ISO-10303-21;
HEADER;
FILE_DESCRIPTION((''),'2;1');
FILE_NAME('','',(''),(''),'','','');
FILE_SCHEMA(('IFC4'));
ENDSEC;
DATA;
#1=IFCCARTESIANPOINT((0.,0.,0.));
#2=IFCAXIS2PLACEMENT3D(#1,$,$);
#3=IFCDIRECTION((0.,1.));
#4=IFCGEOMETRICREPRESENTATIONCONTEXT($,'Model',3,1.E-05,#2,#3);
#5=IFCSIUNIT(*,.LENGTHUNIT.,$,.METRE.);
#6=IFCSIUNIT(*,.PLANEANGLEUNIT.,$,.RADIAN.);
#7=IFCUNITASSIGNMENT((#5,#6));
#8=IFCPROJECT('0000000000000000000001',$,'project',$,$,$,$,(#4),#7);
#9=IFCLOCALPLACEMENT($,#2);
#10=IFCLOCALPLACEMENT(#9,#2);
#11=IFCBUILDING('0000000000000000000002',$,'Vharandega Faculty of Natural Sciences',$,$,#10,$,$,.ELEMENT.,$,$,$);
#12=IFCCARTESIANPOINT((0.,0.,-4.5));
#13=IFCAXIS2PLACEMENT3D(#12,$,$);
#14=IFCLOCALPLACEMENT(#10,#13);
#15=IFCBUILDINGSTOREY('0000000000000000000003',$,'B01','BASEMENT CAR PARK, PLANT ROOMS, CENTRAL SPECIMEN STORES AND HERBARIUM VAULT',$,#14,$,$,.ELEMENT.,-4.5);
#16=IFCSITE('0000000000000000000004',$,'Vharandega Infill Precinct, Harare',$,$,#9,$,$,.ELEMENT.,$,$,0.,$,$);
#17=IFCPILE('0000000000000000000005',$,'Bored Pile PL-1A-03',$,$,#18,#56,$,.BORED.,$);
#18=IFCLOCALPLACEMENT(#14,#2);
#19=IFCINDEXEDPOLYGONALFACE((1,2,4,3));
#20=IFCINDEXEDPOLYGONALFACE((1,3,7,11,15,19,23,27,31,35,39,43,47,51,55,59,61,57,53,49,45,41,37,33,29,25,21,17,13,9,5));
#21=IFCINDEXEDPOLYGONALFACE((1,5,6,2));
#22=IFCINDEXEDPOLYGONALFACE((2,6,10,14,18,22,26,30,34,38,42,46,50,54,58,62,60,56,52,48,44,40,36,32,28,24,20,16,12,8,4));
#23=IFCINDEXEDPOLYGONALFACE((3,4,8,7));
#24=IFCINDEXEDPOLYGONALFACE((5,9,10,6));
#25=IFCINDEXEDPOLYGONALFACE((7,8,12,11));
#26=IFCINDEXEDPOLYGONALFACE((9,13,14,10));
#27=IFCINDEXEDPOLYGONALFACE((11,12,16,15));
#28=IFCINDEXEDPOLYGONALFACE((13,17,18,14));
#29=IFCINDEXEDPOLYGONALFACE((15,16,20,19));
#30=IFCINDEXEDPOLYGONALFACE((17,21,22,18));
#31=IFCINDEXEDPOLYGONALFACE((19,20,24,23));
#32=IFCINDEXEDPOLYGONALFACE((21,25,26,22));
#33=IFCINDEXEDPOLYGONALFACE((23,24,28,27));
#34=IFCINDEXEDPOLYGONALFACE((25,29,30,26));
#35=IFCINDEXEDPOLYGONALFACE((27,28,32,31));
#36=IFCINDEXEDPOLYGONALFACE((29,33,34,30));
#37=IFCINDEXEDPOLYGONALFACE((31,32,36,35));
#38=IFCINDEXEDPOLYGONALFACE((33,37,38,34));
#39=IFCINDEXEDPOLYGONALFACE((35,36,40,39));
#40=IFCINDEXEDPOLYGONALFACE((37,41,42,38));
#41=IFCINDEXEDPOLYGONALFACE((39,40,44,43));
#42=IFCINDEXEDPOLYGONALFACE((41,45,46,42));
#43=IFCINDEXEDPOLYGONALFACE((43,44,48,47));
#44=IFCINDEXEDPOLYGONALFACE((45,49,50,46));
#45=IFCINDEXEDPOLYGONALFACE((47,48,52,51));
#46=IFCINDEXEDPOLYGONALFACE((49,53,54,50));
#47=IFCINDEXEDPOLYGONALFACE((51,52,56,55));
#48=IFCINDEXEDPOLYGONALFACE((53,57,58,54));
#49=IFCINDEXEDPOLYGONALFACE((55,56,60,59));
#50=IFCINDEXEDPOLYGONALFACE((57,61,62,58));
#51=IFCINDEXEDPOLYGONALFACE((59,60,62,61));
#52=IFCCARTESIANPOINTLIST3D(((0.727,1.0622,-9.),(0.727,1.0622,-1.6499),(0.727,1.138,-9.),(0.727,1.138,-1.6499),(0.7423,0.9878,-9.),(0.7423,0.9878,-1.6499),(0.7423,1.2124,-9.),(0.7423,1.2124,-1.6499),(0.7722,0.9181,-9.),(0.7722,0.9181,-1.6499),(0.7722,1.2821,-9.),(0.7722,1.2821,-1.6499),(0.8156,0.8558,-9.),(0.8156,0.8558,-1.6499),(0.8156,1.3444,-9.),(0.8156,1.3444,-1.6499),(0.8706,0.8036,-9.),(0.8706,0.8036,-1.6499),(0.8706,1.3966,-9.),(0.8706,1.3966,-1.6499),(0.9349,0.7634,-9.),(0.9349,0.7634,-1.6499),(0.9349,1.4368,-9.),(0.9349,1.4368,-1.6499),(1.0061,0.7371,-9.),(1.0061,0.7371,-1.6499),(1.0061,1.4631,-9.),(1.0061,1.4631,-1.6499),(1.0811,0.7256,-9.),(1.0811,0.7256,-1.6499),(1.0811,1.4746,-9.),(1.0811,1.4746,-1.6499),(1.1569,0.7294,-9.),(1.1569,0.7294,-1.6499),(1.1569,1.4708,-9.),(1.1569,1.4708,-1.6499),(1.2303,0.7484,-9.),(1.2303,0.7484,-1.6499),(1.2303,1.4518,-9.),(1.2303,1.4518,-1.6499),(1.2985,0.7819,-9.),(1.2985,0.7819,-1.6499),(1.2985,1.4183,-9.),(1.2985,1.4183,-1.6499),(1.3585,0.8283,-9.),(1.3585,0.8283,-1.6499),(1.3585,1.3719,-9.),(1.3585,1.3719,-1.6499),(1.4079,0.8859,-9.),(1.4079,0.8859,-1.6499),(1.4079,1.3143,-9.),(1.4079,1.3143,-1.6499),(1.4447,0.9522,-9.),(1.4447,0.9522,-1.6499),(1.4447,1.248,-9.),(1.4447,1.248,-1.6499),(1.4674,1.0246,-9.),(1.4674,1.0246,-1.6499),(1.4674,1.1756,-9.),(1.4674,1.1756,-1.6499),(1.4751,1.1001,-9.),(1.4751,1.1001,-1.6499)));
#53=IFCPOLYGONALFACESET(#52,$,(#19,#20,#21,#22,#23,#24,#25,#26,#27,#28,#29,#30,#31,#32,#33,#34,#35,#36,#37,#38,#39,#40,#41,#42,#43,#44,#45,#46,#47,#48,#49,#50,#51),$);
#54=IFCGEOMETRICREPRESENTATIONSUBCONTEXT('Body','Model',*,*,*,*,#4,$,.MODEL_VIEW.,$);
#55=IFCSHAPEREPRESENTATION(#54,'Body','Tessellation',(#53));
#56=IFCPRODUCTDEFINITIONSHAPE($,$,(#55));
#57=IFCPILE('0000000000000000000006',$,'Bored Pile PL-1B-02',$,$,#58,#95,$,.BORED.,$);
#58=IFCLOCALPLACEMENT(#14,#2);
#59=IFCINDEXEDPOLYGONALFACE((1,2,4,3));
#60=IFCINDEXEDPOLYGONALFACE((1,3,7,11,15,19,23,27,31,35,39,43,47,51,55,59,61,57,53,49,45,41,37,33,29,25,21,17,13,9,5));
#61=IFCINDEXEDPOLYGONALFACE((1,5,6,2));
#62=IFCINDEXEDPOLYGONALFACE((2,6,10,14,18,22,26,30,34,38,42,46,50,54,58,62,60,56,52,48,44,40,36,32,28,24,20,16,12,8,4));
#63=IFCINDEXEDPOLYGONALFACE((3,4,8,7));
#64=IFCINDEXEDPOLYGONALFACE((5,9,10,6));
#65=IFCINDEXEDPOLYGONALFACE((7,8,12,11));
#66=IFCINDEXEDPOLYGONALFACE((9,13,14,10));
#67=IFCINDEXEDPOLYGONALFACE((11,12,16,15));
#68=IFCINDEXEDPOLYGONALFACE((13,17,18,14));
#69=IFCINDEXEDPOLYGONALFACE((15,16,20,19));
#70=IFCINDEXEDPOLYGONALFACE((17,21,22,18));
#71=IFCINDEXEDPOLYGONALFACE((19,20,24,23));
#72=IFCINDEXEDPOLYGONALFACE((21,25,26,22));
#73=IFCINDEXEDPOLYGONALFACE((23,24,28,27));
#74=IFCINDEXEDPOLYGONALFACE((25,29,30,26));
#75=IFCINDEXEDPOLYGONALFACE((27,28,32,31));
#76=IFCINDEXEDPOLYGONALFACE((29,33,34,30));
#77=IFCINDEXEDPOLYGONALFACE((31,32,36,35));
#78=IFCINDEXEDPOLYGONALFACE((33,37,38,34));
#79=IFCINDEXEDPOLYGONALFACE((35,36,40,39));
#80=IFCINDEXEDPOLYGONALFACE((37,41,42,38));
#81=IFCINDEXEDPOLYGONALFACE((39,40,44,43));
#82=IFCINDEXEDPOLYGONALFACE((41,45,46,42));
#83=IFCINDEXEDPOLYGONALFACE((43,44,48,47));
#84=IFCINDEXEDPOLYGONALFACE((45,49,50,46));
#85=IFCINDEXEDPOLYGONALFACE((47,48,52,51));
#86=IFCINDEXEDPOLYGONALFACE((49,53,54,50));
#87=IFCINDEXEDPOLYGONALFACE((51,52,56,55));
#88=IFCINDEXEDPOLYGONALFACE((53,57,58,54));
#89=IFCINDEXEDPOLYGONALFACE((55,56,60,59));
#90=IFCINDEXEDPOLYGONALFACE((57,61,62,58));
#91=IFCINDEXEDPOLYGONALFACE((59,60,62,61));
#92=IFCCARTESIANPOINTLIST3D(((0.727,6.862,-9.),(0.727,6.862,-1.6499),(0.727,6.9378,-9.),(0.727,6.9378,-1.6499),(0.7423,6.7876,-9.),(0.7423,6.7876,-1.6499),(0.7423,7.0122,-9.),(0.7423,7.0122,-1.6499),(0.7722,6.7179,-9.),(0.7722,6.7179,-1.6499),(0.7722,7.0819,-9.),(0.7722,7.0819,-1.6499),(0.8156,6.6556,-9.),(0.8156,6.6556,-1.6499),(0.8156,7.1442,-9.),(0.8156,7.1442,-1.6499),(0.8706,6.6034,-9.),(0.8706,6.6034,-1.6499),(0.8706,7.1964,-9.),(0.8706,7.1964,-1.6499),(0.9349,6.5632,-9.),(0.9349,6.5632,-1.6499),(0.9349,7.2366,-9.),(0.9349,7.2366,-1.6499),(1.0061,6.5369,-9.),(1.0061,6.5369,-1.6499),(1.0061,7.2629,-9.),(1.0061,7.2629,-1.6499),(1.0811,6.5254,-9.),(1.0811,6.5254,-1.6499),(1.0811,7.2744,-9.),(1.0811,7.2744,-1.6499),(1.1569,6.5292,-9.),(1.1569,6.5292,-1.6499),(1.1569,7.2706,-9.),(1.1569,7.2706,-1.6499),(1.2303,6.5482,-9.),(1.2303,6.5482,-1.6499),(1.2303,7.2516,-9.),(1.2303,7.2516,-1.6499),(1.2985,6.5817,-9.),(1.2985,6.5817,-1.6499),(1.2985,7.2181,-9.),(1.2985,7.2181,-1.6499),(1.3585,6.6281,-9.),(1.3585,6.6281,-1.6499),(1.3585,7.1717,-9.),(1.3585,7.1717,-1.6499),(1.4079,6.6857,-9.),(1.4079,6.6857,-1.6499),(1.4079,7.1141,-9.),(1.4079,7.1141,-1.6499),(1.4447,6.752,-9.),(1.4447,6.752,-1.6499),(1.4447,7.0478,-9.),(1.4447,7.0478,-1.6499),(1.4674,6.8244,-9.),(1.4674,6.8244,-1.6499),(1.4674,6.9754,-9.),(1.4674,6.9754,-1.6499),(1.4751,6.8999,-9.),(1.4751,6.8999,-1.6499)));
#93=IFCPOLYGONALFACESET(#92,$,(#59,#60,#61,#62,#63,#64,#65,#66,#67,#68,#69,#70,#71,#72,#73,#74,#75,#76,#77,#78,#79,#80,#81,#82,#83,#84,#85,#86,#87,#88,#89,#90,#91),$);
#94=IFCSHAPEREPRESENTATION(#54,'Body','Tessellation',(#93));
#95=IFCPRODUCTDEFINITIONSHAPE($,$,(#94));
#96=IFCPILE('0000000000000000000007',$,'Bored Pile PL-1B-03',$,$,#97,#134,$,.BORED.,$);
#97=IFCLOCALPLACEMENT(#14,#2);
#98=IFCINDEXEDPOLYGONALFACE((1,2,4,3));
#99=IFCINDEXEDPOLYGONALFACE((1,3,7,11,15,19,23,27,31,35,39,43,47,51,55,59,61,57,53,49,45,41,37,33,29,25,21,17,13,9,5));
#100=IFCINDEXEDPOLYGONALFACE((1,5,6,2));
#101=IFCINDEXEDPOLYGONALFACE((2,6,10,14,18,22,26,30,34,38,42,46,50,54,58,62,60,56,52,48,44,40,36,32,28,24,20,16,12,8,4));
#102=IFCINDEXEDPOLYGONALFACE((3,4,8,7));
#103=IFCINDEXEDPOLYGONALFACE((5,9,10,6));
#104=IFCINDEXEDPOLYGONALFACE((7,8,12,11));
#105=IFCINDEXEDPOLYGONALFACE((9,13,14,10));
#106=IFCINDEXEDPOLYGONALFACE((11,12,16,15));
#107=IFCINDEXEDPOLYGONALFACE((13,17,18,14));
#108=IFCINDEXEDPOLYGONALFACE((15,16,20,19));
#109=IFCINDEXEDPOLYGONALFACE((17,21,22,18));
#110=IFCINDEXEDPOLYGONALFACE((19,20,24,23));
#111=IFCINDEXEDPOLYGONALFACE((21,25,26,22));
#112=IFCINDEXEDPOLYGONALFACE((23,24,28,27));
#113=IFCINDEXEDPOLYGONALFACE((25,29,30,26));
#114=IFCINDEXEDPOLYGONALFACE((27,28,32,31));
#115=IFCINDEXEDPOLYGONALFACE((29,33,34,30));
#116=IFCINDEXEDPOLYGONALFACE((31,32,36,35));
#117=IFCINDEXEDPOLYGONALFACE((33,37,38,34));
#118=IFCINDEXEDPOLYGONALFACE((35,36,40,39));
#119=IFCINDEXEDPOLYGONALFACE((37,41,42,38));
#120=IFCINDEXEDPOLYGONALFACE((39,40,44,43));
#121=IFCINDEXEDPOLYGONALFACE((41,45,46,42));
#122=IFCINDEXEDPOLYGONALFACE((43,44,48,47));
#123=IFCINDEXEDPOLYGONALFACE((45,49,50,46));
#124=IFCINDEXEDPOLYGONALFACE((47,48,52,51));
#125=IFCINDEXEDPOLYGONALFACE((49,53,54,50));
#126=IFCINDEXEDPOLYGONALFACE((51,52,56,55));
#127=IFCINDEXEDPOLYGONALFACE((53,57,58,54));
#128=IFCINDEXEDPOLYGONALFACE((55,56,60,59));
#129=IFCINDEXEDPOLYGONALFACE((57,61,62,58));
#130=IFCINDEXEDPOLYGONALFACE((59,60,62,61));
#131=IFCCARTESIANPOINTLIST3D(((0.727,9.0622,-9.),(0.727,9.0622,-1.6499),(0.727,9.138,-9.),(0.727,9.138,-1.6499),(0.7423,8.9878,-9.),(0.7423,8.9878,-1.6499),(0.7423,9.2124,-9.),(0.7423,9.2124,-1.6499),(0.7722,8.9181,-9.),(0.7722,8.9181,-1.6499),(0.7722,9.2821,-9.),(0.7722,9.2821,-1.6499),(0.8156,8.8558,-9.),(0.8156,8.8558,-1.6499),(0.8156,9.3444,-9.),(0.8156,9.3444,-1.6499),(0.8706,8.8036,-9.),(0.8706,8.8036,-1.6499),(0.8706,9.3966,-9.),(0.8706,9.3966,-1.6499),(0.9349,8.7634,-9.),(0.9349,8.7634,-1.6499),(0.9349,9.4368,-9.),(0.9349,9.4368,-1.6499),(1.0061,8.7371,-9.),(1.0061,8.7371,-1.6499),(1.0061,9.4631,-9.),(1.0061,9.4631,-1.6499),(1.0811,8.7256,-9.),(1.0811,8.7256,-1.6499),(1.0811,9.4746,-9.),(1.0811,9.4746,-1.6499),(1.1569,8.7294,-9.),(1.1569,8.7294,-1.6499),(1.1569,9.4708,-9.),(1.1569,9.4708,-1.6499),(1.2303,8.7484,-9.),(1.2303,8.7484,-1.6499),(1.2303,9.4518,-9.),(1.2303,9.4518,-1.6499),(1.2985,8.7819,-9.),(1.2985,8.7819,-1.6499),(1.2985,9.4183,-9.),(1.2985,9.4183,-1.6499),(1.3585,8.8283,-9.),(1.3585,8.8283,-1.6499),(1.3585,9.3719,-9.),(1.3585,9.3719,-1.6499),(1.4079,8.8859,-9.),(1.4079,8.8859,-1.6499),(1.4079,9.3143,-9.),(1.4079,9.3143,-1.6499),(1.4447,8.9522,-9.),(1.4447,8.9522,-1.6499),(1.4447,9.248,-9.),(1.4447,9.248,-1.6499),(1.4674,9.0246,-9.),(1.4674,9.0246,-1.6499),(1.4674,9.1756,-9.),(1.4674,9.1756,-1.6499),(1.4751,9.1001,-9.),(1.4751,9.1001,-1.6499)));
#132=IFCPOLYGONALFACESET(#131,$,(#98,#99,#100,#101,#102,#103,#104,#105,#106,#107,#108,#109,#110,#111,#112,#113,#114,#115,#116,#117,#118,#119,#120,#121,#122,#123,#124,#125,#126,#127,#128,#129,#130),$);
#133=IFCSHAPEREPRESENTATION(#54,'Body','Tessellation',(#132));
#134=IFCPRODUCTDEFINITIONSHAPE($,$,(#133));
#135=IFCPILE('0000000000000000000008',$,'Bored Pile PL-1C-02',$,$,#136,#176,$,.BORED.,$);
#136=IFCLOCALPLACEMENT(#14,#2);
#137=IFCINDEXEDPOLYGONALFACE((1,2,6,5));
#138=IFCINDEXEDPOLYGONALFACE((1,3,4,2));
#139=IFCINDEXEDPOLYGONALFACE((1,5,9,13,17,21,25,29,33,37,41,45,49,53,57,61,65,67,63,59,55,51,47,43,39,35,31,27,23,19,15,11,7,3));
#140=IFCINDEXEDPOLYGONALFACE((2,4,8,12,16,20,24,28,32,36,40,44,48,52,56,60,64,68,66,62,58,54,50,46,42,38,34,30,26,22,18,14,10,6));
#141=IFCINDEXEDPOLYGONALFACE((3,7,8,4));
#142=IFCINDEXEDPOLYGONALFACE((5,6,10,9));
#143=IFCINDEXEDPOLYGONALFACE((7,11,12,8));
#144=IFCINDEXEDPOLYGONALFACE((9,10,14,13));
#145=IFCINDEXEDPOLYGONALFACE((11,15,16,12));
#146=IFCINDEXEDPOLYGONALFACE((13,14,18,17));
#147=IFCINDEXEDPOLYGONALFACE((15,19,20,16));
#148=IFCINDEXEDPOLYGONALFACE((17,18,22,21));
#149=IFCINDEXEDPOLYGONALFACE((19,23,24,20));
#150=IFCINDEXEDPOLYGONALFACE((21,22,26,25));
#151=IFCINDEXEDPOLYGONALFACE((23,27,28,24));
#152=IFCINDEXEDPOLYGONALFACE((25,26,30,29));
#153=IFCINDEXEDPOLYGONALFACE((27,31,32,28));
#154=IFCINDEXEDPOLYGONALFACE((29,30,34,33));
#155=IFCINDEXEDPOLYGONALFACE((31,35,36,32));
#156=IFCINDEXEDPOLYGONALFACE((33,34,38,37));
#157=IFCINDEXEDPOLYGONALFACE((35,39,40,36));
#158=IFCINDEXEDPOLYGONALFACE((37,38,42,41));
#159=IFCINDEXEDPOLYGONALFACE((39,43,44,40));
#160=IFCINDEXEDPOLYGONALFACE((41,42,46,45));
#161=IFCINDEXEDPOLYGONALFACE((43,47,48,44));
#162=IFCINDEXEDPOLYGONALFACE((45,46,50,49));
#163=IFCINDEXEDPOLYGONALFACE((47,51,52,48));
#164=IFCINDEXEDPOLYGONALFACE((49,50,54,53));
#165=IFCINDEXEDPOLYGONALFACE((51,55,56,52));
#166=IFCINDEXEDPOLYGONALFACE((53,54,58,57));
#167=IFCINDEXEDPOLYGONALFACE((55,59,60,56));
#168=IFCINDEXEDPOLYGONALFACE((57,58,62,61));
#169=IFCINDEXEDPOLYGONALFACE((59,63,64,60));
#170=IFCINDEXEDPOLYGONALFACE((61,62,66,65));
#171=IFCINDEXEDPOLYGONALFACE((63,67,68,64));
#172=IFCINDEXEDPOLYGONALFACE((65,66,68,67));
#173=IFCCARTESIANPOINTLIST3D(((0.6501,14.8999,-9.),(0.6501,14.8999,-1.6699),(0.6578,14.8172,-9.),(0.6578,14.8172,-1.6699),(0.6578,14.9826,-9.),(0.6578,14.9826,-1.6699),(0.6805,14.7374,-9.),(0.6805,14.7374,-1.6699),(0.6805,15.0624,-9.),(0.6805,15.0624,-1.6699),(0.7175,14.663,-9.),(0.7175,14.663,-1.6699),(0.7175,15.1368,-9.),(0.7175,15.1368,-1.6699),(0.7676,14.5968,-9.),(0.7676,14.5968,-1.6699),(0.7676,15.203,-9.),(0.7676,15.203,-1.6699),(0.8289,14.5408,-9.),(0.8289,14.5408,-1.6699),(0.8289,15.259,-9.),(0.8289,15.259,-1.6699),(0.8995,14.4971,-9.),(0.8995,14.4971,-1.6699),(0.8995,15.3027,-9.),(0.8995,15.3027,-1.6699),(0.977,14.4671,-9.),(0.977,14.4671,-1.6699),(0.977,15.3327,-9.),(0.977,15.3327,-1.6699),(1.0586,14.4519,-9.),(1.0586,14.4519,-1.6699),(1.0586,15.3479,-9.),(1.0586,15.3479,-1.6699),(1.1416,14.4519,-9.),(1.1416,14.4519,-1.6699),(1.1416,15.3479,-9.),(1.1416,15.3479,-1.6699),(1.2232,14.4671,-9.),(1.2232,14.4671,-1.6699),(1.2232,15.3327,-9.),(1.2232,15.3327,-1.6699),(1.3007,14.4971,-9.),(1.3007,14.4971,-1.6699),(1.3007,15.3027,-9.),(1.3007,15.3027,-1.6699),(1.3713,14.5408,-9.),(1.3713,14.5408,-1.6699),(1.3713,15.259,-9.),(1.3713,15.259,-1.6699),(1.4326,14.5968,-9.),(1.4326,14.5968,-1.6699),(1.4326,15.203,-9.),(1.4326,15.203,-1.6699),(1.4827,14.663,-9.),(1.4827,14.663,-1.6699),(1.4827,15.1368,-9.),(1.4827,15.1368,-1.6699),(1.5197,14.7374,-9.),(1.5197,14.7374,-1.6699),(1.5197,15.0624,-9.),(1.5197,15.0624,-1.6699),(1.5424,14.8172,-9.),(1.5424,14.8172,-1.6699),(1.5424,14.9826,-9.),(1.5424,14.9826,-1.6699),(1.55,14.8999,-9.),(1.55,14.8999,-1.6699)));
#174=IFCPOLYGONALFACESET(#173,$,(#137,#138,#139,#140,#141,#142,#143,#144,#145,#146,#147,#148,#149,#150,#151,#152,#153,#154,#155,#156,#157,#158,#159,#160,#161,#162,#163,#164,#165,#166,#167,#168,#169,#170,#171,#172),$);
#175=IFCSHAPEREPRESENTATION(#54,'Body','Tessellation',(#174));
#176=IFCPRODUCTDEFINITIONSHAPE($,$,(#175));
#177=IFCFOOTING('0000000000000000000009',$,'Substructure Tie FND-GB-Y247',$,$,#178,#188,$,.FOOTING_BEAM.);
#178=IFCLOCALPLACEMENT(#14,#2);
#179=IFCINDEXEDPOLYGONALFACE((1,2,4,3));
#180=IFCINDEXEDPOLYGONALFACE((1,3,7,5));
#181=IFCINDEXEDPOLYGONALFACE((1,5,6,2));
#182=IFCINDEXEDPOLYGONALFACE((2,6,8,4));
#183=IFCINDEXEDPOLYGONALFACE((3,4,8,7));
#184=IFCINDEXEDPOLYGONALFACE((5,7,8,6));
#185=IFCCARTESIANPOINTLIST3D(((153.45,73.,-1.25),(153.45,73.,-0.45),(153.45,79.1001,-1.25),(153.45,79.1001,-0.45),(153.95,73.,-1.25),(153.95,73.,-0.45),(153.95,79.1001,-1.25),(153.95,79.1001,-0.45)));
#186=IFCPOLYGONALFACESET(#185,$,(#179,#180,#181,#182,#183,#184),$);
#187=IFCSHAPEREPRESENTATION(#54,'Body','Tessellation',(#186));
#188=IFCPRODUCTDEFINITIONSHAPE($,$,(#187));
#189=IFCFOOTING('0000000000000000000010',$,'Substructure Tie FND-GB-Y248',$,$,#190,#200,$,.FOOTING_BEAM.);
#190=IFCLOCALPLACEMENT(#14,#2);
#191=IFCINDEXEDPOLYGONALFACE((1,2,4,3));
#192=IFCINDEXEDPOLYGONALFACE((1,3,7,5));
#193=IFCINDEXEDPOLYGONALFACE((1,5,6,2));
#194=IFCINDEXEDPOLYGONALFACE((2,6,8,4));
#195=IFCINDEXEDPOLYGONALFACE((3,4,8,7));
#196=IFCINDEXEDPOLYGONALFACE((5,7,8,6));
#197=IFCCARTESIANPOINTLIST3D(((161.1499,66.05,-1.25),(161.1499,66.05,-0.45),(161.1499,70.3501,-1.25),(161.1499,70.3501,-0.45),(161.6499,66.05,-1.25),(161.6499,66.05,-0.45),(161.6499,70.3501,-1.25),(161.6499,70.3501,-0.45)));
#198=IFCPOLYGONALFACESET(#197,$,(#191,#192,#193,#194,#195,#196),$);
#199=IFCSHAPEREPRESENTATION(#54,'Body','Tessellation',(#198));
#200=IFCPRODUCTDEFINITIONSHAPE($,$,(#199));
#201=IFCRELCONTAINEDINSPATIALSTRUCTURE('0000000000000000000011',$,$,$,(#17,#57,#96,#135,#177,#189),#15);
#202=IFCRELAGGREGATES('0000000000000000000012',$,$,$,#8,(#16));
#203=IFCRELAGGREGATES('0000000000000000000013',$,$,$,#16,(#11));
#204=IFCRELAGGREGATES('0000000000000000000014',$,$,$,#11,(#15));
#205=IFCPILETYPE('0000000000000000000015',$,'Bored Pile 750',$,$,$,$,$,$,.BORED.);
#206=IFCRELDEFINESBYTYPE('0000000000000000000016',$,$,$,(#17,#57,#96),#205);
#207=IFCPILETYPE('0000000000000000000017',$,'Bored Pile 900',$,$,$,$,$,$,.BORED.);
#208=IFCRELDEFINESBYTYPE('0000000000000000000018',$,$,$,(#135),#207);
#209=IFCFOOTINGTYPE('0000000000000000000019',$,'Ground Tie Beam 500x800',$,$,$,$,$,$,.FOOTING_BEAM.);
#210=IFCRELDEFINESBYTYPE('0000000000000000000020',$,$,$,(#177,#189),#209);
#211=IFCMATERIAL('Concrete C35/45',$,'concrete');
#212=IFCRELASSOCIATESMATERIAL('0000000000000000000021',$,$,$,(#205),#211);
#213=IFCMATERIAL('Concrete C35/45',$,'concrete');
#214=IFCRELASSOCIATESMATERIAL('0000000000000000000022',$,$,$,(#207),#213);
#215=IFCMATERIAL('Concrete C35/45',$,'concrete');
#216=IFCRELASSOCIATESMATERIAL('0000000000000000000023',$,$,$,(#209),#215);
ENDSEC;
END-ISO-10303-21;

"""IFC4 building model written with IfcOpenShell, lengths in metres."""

from ifc_helpers import new_model, si_unit, direction, frame, origin, origin_2d, place, context, subcontext, project, spatial, polyline, circle, outline, extrude, material, material_profile, profile_set, type_object, element, save


model = new_model("IFC4")

# Units and contexts
model_context = context("Model", 3, precision=1e-05, world=origin(), true_north=direction((0.0, 1.0)))
body_context = subcontext(model_context, "Body", "Model", "MODEL_VIEW")
ifc_project = project(units=[si_unit("LENGTHUNIT", "METRE"), si_unit("PLANEANGLEUNIT", "RADIAN")], contexts=[model_context])

# Site, building, storey
site_placement = place(None, origin())
site = spatial("IfcSite", under=ifc_project, at=site_placement, Name="Vharandega Infill Precinct, Harare", CompositionType="ELEMENT", RefElevation=0.0)
building_placement = place(site_placement, origin())
building = spatial("IfcBuilding", under=site, at=building_placement, Name="Vharandega Faculty of Natural Sciences", CompositionType="ELEMENT")
storey_placement = place(building_placement, frame((0.0, 0.0, -4.5)))
storey = spatial("IfcBuildingStorey", under=building, at=storey_placement, Name="B01", Description="BASEMENT CAR PARK, PLANT ROOMS, CENTRAL SPECIMEN STORES AND HERBARIUM VAULT", CompositionType="ELEMENT", Elevation=-4.5)

# Piles
ifc_material_1 = material(Name="Concrete C35/45", Category="concrete")
ifc_material_profile_1 = material_profile(ifc_material_1, circle(Radius=0.375, at=origin_2d()), Name="PILE 750")
ifc_profile_set_1 = profile_set([ifc_material_profile_1], Name="Concrete C35/45")
pile_type_1 = type_object("IfcPileType", Name="Bored Pile 750", PredefinedType="BORED", material=ifc_profile_set_1)
for number, where, z_axis, x_axis, name in (
    (1, (1.1001, 1.1001, -1.6499), (0.0, 0.0, -1.0), (1.0, 0.0, 0.0), "Bored Pile PL-1A-03"),
    (2, (1.1001, 6.8999, -1.6499), (0.0, 0.0, -1.0), (1.0, 0.0, 0.0), "Bored Pile PL-1B-02"),
    (3, (1.1001, 9.1001, -1.6499), (0.0, 0.0, -1.0), (1.0, 0.0, 0.0), "Bored Pile PL-1B-03"),
):
    element("IfcPile", number, at=place(storey_placement, frame(where, z_axis=z_axis, x_axis=x_axis)), inside=storey, type_object=pile_type_1, Name=name, PredefinedType="BORED", context=body_context, shape_type="SweptSolid", body=[
        extrude(circle(Radius=0.375, at=origin_2d()), origin(), (0.0, 0.0, 1.0), 7.3501),
    ])
ifc_material_2 = material(Name="Concrete C35/45", Category="concrete")
ifc_material_profile_2 = material_profile(ifc_material_2, circle(Radius=0.45, at=origin_2d()), Name="PILE 900")
ifc_profile_set_2 = profile_set([ifc_material_profile_2], Name="Concrete C35/45")
pile_type_2 = type_object("IfcPileType", Name="Bored Pile 900", PredefinedType="BORED", material=ifc_profile_set_2)
pile_placement = place(storey_placement, frame((1.1001, 14.8999, -1.6699), z_axis=(0.0, 0.0, -1.0), x_axis=(1.0, 0.0, 0.0)))
element("IfcPile", 4, at=pile_placement, inside=storey, type_object=pile_type_2, Name="Bored Pile PL-1C-02", PredefinedType="BORED", context=body_context, shape_type="SweptSolid", body=[
    extrude(circle(Radius=0.45, at=origin_2d()), origin(), (0.0, 0.0, 1.0), 7.3301),
])

# Footings
ifc_material_3 = material(Name="Concrete C35/45", Category="concrete")
footing_type_1 = type_object("IfcFootingType", Name="Ground Tie Beam 500x800", PredefinedType="FOOTING_BEAM", material=ifc_material_3)
footing_1_placement = place(storey_placement, frame((0.0, 0.0, -1.25)))
element("IfcFooting", 5, at=footing_1_placement, inside=storey, type_object=footing_type_1, Name="Substructure Tie FND-GB-Y247", PredefinedType="FOOTING_BEAM", context=body_context, shape_type="SweptSolid", body=[
    extrude(outline(polyline([(153.45, 73.0), (153.95, 73.0), (153.95, 79.1001), (153.45, 79.1001), (153.45, 73.0)])), origin(), (0.0, 0.0, 1.0), 0.8),
])
footing_2_placement = place(storey_placement, frame((0.0, 0.0, -1.25)))
element("IfcFooting", 6, at=footing_2_placement, inside=storey, type_object=footing_type_1, Name="Substructure Tie FND-GB-Y248", PredefinedType="FOOTING_BEAM", context=body_context, shape_type="SweptSolid", body=[
    extrude(outline(polyline([(161.1499, 66.05), (161.6499, 66.05), (161.6499, 70.3501), (161.1499, 70.3501), (161.1499, 66.05)])), origin(), (0.0, 0.0, 1.0), 0.8),
])

save(model, "model.ifc")
